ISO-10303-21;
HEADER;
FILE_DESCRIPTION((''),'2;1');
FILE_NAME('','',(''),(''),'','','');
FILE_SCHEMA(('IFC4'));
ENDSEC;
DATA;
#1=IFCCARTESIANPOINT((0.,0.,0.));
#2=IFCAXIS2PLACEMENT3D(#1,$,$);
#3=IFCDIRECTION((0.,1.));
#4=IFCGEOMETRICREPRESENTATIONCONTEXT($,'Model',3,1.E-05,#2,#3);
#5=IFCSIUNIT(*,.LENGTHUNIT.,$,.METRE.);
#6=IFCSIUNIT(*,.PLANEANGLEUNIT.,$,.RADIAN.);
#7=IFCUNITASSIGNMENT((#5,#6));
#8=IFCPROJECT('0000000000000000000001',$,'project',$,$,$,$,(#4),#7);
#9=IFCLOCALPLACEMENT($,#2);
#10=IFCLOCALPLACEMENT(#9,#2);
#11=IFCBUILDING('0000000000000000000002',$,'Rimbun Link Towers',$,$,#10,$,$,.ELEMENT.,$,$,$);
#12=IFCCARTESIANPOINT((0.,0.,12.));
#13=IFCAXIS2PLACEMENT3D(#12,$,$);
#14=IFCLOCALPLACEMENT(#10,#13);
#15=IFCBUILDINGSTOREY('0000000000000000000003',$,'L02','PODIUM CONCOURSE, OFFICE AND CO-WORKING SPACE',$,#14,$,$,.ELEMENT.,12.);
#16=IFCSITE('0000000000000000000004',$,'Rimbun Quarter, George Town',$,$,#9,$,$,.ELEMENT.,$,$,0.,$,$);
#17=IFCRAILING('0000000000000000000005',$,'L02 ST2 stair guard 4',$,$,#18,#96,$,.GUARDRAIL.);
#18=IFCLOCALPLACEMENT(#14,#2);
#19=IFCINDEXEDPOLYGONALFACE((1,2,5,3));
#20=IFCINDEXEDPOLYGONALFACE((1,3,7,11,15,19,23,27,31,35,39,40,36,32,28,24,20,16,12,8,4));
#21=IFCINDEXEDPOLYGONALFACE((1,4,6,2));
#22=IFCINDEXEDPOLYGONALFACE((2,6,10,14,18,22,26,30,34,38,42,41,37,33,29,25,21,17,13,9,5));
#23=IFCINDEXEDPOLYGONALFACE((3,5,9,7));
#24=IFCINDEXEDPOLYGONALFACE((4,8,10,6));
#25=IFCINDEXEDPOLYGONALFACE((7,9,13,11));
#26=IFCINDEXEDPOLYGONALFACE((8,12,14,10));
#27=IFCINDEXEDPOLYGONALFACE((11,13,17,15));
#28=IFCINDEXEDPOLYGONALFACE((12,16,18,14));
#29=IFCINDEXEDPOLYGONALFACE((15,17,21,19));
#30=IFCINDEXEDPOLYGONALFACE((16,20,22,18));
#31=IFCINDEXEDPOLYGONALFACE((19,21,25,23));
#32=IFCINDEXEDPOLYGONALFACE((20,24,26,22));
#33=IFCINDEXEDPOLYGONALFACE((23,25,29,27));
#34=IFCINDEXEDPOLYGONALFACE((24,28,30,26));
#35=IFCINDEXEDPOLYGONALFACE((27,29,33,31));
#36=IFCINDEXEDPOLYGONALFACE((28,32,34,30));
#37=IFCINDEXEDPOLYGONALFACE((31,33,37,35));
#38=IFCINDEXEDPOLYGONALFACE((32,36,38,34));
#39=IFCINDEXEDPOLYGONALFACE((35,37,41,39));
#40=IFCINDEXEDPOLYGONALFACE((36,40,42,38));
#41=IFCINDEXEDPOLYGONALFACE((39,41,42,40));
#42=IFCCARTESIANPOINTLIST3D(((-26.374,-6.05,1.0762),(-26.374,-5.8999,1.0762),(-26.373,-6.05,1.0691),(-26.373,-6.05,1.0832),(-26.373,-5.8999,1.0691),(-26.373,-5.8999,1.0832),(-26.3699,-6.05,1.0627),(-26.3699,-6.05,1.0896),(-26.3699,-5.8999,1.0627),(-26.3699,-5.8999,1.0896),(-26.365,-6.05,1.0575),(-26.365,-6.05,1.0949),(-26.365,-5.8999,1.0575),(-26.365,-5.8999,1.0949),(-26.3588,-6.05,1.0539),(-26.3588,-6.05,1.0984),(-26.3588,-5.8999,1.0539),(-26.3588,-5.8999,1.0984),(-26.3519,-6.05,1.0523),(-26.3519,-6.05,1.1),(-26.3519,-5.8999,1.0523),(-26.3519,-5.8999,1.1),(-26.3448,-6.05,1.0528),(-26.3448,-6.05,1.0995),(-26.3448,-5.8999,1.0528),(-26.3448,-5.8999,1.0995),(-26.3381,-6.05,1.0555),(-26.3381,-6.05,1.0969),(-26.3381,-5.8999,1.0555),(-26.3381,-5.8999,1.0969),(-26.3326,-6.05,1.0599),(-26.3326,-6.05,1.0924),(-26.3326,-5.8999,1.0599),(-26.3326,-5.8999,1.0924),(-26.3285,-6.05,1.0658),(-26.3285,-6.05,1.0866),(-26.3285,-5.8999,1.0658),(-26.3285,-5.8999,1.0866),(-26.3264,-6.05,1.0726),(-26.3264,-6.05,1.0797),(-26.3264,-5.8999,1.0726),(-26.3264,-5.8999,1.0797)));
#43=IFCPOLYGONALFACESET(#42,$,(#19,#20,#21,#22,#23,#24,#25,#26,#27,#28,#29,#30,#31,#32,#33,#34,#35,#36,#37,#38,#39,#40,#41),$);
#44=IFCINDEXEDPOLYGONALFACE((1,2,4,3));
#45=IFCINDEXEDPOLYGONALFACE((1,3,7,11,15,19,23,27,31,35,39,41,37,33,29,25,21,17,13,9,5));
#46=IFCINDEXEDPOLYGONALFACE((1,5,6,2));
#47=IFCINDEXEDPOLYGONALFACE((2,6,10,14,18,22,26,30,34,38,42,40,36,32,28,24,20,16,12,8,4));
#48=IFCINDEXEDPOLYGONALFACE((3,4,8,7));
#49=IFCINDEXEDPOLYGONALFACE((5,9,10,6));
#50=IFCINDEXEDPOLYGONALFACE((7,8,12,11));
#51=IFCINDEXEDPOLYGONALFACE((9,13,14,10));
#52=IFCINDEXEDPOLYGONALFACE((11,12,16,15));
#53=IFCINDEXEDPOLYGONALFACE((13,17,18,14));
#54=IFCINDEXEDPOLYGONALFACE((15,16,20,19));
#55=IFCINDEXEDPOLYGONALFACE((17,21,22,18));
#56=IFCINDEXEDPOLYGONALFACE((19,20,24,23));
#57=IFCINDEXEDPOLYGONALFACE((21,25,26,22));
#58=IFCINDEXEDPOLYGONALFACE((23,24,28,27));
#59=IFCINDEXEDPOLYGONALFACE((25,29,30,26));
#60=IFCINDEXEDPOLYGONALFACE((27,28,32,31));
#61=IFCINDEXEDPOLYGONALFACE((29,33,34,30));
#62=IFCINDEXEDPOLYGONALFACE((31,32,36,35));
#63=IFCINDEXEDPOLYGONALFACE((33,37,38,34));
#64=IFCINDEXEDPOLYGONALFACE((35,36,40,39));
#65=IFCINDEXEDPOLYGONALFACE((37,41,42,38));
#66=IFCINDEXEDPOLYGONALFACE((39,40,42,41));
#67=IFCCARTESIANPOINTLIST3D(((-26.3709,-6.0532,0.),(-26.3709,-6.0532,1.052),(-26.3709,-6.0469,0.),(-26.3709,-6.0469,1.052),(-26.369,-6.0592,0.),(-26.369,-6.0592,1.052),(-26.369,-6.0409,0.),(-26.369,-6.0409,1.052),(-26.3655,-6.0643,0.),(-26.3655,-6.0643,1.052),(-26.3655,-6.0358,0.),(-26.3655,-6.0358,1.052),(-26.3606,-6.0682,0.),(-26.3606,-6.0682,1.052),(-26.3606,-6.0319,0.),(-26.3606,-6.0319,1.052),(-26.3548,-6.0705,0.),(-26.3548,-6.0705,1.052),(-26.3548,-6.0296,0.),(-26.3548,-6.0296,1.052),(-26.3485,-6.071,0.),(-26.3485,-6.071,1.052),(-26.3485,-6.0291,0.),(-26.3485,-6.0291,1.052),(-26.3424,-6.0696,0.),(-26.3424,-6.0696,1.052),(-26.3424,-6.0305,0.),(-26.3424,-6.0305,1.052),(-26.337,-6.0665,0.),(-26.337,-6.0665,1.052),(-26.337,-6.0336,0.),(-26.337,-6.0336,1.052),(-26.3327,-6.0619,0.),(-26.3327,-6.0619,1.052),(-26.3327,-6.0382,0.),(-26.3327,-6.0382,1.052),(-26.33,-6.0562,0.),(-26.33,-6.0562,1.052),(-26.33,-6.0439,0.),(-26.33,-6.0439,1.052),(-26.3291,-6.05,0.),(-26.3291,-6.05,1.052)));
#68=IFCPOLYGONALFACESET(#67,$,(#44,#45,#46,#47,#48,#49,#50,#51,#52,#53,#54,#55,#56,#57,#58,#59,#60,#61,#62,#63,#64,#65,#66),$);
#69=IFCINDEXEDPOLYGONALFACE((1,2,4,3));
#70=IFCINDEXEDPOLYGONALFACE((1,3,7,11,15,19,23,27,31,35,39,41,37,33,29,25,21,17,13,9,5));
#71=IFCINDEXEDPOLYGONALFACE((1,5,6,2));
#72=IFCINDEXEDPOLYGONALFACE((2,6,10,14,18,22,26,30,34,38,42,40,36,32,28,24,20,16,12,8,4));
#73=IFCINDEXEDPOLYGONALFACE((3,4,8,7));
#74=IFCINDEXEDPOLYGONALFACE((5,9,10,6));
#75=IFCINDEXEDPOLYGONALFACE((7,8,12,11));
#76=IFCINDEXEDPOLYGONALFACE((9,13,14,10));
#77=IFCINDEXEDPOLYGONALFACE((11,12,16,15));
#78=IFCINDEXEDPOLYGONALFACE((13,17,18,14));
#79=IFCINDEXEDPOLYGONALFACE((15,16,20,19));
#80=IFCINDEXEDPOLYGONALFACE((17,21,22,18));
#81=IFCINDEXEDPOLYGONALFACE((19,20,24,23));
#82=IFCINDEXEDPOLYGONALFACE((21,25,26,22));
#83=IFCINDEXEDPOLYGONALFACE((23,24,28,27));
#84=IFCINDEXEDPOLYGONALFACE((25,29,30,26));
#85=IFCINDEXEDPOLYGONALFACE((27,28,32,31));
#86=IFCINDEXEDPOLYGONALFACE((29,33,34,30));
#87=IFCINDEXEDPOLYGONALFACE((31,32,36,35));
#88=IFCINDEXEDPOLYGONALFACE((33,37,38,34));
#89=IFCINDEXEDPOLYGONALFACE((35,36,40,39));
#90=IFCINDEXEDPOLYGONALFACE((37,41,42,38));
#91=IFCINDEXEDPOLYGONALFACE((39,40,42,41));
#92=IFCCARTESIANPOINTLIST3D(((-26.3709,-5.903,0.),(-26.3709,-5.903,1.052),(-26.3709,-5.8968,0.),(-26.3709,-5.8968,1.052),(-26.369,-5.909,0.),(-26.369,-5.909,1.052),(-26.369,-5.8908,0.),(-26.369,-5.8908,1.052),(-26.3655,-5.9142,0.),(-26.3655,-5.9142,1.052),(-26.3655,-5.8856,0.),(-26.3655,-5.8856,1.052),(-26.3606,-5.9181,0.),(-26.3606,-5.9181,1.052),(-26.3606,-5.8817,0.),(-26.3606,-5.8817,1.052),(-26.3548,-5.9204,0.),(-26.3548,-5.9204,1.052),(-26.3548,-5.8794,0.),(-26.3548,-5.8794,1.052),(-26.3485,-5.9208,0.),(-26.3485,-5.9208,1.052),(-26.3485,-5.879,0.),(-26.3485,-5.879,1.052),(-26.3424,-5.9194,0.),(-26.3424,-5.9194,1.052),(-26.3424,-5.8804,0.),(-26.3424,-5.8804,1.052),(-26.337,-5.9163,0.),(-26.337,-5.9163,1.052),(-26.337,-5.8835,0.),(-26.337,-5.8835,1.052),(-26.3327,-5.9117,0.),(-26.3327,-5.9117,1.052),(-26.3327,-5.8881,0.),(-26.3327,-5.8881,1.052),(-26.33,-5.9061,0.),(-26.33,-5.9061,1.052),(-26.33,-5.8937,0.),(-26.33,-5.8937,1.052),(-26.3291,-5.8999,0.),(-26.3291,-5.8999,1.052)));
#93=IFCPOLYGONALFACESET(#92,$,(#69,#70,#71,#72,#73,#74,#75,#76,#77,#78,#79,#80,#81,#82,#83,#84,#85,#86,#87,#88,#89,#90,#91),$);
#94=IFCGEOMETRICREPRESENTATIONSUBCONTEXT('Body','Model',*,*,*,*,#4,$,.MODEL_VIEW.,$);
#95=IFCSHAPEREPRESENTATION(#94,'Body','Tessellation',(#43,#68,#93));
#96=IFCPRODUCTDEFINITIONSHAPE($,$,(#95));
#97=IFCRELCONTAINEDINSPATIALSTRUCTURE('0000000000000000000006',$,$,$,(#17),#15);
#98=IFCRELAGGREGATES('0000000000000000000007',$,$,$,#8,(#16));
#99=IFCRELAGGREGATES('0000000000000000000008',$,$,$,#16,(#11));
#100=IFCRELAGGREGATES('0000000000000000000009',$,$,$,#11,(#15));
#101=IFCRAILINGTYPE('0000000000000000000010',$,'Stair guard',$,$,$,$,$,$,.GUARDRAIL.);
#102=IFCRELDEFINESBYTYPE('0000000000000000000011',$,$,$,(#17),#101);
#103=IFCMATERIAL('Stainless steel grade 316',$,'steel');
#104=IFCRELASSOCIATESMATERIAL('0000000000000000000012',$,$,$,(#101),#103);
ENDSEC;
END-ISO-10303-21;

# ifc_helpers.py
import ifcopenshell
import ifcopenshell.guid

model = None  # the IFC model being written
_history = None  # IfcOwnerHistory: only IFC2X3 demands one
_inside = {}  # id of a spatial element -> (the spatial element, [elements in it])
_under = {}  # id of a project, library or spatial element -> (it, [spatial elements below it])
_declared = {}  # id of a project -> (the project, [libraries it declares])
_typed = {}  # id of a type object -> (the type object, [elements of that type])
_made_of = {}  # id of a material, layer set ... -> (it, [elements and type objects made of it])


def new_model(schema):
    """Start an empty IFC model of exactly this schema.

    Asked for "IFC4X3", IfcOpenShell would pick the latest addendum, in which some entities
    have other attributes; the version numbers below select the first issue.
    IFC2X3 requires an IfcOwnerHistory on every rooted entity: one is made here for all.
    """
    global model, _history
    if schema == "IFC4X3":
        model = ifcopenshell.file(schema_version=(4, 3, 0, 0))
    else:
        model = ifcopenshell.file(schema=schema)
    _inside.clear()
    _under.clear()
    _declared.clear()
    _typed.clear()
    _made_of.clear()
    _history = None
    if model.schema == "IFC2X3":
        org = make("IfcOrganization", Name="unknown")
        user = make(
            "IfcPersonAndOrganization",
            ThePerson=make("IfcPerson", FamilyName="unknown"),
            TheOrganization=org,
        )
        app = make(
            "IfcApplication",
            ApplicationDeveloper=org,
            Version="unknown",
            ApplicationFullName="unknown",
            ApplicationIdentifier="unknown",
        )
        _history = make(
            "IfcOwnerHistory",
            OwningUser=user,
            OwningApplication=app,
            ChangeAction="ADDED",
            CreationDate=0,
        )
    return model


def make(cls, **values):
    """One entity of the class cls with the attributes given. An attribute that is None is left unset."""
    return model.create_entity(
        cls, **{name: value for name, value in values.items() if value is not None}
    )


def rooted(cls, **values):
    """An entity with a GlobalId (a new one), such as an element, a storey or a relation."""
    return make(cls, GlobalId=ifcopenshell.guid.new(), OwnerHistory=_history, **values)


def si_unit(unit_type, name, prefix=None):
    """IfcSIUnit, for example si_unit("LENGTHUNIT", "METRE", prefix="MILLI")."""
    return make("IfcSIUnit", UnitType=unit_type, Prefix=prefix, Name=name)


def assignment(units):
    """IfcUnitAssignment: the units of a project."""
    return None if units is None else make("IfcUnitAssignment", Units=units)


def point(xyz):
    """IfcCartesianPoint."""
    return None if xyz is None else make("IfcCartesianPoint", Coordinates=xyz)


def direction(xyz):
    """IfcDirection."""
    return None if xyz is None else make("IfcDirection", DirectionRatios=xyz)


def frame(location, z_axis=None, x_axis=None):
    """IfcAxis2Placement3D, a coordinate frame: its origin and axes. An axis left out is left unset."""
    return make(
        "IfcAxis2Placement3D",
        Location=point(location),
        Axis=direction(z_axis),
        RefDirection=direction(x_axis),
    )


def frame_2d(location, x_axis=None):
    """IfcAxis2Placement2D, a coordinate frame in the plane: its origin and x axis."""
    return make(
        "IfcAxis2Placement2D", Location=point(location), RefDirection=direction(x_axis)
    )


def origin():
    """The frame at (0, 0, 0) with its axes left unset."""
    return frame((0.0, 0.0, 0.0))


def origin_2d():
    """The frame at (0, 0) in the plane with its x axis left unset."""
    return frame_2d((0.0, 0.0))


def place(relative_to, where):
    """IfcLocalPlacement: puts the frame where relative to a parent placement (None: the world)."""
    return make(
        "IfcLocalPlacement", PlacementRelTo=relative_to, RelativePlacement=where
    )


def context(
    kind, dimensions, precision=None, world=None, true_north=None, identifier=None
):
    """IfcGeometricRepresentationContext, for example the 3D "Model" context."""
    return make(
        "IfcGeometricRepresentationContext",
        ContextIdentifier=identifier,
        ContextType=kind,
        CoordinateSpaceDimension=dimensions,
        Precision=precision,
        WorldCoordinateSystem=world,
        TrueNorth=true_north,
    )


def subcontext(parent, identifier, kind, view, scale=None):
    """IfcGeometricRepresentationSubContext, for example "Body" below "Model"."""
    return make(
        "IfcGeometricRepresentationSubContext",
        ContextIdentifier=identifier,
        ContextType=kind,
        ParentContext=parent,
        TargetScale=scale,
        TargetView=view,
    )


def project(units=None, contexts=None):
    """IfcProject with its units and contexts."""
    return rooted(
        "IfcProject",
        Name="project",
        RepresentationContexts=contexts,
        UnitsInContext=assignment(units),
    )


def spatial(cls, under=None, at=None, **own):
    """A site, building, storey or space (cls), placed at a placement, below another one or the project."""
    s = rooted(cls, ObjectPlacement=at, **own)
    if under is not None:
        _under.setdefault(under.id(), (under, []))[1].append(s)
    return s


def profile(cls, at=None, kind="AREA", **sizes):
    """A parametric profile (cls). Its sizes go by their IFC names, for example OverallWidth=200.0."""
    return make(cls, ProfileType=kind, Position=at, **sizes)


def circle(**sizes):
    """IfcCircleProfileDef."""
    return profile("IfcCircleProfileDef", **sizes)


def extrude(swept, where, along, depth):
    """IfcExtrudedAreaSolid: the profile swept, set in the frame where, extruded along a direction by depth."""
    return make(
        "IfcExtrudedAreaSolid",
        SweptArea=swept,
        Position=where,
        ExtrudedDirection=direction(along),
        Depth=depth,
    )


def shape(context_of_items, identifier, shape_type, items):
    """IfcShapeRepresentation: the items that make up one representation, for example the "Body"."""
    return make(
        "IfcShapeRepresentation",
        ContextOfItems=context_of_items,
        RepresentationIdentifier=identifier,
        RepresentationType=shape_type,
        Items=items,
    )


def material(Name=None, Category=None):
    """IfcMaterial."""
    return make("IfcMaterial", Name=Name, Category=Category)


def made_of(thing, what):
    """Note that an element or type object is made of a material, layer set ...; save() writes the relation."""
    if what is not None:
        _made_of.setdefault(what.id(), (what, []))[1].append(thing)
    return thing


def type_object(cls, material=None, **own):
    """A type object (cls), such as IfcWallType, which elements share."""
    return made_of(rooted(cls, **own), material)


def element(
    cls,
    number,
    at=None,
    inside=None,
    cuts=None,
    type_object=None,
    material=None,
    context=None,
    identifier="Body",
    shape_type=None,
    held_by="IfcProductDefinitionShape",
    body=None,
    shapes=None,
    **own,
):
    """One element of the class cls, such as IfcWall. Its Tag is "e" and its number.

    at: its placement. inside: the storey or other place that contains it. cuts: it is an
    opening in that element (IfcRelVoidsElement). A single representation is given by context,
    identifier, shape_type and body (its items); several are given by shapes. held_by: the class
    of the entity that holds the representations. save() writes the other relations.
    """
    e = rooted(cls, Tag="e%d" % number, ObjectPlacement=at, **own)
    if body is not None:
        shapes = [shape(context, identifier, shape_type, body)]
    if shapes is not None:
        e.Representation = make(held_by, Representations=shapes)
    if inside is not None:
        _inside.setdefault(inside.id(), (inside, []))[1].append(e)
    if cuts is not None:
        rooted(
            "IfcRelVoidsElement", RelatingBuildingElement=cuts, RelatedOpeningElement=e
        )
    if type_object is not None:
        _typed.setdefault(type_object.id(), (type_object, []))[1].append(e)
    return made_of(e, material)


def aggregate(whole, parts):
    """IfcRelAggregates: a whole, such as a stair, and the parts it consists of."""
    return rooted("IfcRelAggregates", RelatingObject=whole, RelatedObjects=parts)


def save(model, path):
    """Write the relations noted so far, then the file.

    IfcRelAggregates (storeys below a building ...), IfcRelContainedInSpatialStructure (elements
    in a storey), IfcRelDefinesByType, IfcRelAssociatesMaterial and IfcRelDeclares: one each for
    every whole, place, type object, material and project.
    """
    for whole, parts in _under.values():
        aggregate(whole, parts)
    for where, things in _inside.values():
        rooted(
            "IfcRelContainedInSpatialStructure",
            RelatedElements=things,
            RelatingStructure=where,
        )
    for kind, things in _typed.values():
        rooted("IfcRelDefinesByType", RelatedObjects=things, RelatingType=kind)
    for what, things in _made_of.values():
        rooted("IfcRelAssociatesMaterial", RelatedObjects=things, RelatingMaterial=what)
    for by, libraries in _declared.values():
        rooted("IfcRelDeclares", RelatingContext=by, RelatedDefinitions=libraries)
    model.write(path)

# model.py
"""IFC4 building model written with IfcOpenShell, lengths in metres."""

from ifc_helpers import new_model, si_unit, direction, frame, origin, origin_2d, place, context, subcontext, project, spatial, circle, extrude, material, type_object, element, save


model = new_model("IFC4")

# Units and contexts
model_context = context("Model", 3, precision=1e-05, world=origin(), true_north=direction((0.0, 1.0)))
body_context = subcontext(model_context, "Body", "Model", "MODEL_VIEW")
ifc_project = project(units=[si_unit("LENGTHUNIT", "METRE"), si_unit("PLANEANGLEUNIT", "RADIAN")], contexts=[model_context])

# Site, building, storey
site_placement = place(None, origin())
site = spatial("IfcSite", under=ifc_project, at=site_placement, Name="Rimbun Quarter, George Town", CompositionType="ELEMENT", RefElevation=0.0)
building_placement = place(site_placement, origin())
building = spatial("IfcBuilding", under=site, at=building_placement, Name="Rimbun Link Towers", CompositionType="ELEMENT")
storey_placement = place(building_placement, frame((0.0, 0.0, 12.0)))
storey = spatial("IfcBuildingStorey", under=building, at=storey_placement, Name="L02", Description="PODIUM CONCOURSE, OFFICE AND CO-WORKING SPACE", CompositionType="ELEMENT", Elevation=12.0)

# Railing
ifc_material_1 = material(Name="Stainless steel grade 316", Category="steel")
railing_type_1 = type_object("IfcRailingType", Name="Stair guard", PredefinedType="GUARDRAIL", material=ifc_material_1)
railing_1_placement = place(storey_placement, frame((-26.3501, -6.05, 0.0)))
element("IfcRailing", 1, at=railing_1_placement, inside=storey, type_object=railing_type_1, Name="L02 ST2 stair guard 4", PredefinedType="GUARDRAIL", context=body_context, shape_type="SweptSolid", body=[
    extrude(circle(Radius=0.0239, at=origin_2d()), frame((0.0, 0.0, 1.0762), z_axis=(0.0, 1.0, 0.0), x_axis=(-1.0, 0.0, 0.0)), (0.0, 0.0, 1.0), 0.1501),
    extrude(circle(Radius=0.021, at=origin_2d()), origin(), (0.0, 0.0, 1.0), 1.052),
    extrude(circle(Radius=0.021, at=origin_2d()), frame((0.0, 0.1501, 0.0)), (0.0, 0.0, 1.0), 1.052),
])

save(model, "model.ifc")
